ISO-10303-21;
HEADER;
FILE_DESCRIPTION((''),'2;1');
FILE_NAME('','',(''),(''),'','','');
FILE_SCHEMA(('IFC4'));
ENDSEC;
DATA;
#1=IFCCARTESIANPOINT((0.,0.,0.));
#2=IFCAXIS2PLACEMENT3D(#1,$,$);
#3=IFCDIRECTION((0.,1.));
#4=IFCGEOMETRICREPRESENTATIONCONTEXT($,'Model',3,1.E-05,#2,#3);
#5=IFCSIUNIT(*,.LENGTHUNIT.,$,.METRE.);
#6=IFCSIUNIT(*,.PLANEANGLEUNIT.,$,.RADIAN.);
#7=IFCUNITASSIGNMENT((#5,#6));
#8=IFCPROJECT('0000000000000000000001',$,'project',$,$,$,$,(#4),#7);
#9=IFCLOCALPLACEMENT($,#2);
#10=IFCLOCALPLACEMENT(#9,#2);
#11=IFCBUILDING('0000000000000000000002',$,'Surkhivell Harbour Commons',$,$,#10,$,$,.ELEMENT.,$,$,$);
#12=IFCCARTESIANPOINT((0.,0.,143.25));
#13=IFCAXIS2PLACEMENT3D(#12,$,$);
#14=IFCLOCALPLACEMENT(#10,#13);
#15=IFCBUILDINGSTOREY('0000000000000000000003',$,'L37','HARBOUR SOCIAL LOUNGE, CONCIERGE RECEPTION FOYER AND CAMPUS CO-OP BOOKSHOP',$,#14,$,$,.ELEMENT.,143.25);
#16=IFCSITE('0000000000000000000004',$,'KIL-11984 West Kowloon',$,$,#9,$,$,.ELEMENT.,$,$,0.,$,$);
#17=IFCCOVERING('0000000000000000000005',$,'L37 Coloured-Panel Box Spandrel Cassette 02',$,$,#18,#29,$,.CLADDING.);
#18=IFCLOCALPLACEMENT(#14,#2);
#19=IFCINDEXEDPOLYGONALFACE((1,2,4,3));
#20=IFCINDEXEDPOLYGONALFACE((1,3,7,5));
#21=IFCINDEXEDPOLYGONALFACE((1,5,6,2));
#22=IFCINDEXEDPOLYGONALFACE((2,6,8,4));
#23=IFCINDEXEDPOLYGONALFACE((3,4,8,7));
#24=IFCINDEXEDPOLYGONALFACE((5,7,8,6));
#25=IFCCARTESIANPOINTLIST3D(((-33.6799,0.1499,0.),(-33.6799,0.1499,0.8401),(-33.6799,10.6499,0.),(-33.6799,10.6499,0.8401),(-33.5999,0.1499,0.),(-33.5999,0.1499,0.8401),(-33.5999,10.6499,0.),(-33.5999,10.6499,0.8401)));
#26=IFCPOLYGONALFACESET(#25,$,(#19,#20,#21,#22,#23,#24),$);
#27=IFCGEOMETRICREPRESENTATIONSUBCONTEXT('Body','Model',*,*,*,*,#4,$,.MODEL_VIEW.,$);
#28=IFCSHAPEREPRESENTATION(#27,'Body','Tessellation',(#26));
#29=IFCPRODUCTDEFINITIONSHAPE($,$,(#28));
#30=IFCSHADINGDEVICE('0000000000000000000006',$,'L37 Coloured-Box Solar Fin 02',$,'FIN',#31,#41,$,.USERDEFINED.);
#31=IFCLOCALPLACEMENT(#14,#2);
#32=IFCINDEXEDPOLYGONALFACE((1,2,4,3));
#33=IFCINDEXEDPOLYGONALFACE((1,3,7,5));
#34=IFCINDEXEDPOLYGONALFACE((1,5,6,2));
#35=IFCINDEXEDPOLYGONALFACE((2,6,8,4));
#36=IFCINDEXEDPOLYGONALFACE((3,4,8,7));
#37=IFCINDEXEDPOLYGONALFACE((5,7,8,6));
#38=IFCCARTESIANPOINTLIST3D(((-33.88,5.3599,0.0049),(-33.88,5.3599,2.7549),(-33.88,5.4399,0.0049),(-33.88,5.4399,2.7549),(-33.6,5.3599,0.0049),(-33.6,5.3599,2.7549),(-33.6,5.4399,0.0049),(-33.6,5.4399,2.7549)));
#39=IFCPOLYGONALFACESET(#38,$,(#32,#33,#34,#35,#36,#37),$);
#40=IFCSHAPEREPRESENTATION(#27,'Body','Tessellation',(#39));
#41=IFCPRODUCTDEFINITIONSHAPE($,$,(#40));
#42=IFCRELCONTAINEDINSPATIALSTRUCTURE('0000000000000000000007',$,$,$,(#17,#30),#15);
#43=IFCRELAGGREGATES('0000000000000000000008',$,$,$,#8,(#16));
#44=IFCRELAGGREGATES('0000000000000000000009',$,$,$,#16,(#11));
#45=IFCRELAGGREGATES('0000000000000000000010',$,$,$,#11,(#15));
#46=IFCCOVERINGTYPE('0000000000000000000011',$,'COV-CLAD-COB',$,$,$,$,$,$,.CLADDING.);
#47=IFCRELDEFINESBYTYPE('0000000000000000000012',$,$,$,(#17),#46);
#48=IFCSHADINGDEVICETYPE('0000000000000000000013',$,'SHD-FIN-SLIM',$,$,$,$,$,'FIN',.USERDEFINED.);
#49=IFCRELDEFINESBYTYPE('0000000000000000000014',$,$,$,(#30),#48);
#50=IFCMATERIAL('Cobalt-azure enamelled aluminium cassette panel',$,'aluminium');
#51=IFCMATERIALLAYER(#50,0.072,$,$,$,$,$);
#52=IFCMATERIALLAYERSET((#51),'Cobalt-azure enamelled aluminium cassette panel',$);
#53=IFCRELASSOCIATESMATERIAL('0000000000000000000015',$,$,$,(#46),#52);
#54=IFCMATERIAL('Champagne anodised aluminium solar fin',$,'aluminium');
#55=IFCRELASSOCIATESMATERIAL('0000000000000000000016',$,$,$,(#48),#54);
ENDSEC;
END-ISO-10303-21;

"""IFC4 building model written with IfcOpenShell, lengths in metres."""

from ifc_helpers import new_model, si_unit, direction, frame, origin, origin_2d, place, context, subcontext, project, spatial, rectangle, extrude, material, layer, layer_set, type_object, element, save


model = new_model("IFC4")

# Units and contexts
model_context = context("Model", 3, precision=1e-05, world=origin(), true_north=direction((0.0, 1.0)))
body_context = subcontext(model_context, "Body", "Model", "MODEL_VIEW")
ifc_project = project(units=[si_unit("LENGTHUNIT", "METRE"), si_unit("PLANEANGLEUNIT", "RADIAN")], contexts=[model_context])

# Site, building, storey
site_placement = place(None, origin())
site = spatial("IfcSite", under=ifc_project, at=site_placement, Name="KIL-11984 West Kowloon", CompositionType="ELEMENT", RefElevation=0.0)
building_placement = place(site_placement, origin())
building = spatial("IfcBuilding", under=site, at=building_placement, Name="Surkhivell Harbour Commons", CompositionType="ELEMENT")
storey_placement = place(building_placement, frame((0.0, 0.0, 143.25)))
storey = spatial("IfcBuildingStorey", under=building, at=storey_placement, Name="L37", Description="HARBOUR SOCIAL LOUNGE, CONCIERGE RECEPTION FOYER AND CAMPUS CO-OP BOOKSHOP", CompositionType="ELEMENT", Elevation=143.25)

# Covering
ifc_material_1 = material(Name="Cobalt-azure enamelled aluminium cassette panel", Category="aluminium")
ifc_layer_1 = layer(ifc_material_1, 0.072)
ifc_layer_set_1 = layer_set([ifc_layer_1], Name="Cobalt-azure enamelled aluminium cassette panel")
covering_type = type_object("IfcCoveringType", Name="COV-CLAD-COB", PredefinedType="CLADDING", material=ifc_layer_set_1)
covering_placement = place(storey_placement, frame((-33.6399, 5.3999, 0.0), z_axis=(0.0, 0.0, 1.0), x_axis=(1.0, 0.0, 0.0)))
element("IfcCovering", 1, at=covering_placement, inside=storey, type_object=covering_type, Name="L37 Coloured-Panel Box Spandrel Cassette 02", PredefinedType="CLADDING", context=body_context, shape_type="SweptSolid", body=[
    extrude(rectangle(XDim=0.0801, YDim=10.5, at=origin_2d()), origin(), (0.0, 0.0, 1.0), 0.8401),
])

# Shading device
ifc_material_2 = material(Name="Champagne anodised aluminium solar fin", Category="aluminium")
shading_device_type = type_object("IfcShadingDeviceType", Name="SHD-FIN-SLIM", ElementType="FIN", PredefinedType="USERDEFINED", material=ifc_material_2)
shading_device_placement = place(storey_placement, frame((-33.74, 5.3999, 0.0049), z_axis=(0.0, 0.0, 1.0), x_axis=(1.0, 0.0, 0.0)))
element("IfcShadingDevice", 2, at=shading_device_placement, inside=storey, type_object=shading_device_type, Name="L37 Coloured-Box Solar Fin 02", ObjectType="FIN", PredefinedType="USERDEFINED", context=body_context, shape_type="SweptSolid", body=[
    extrude(rectangle(XDim=0.28, YDim=0.0801, at=origin_2d()), origin(), (0.0, 0.0, 1.0), 2.75),
])

save(model, "model.ifc")
